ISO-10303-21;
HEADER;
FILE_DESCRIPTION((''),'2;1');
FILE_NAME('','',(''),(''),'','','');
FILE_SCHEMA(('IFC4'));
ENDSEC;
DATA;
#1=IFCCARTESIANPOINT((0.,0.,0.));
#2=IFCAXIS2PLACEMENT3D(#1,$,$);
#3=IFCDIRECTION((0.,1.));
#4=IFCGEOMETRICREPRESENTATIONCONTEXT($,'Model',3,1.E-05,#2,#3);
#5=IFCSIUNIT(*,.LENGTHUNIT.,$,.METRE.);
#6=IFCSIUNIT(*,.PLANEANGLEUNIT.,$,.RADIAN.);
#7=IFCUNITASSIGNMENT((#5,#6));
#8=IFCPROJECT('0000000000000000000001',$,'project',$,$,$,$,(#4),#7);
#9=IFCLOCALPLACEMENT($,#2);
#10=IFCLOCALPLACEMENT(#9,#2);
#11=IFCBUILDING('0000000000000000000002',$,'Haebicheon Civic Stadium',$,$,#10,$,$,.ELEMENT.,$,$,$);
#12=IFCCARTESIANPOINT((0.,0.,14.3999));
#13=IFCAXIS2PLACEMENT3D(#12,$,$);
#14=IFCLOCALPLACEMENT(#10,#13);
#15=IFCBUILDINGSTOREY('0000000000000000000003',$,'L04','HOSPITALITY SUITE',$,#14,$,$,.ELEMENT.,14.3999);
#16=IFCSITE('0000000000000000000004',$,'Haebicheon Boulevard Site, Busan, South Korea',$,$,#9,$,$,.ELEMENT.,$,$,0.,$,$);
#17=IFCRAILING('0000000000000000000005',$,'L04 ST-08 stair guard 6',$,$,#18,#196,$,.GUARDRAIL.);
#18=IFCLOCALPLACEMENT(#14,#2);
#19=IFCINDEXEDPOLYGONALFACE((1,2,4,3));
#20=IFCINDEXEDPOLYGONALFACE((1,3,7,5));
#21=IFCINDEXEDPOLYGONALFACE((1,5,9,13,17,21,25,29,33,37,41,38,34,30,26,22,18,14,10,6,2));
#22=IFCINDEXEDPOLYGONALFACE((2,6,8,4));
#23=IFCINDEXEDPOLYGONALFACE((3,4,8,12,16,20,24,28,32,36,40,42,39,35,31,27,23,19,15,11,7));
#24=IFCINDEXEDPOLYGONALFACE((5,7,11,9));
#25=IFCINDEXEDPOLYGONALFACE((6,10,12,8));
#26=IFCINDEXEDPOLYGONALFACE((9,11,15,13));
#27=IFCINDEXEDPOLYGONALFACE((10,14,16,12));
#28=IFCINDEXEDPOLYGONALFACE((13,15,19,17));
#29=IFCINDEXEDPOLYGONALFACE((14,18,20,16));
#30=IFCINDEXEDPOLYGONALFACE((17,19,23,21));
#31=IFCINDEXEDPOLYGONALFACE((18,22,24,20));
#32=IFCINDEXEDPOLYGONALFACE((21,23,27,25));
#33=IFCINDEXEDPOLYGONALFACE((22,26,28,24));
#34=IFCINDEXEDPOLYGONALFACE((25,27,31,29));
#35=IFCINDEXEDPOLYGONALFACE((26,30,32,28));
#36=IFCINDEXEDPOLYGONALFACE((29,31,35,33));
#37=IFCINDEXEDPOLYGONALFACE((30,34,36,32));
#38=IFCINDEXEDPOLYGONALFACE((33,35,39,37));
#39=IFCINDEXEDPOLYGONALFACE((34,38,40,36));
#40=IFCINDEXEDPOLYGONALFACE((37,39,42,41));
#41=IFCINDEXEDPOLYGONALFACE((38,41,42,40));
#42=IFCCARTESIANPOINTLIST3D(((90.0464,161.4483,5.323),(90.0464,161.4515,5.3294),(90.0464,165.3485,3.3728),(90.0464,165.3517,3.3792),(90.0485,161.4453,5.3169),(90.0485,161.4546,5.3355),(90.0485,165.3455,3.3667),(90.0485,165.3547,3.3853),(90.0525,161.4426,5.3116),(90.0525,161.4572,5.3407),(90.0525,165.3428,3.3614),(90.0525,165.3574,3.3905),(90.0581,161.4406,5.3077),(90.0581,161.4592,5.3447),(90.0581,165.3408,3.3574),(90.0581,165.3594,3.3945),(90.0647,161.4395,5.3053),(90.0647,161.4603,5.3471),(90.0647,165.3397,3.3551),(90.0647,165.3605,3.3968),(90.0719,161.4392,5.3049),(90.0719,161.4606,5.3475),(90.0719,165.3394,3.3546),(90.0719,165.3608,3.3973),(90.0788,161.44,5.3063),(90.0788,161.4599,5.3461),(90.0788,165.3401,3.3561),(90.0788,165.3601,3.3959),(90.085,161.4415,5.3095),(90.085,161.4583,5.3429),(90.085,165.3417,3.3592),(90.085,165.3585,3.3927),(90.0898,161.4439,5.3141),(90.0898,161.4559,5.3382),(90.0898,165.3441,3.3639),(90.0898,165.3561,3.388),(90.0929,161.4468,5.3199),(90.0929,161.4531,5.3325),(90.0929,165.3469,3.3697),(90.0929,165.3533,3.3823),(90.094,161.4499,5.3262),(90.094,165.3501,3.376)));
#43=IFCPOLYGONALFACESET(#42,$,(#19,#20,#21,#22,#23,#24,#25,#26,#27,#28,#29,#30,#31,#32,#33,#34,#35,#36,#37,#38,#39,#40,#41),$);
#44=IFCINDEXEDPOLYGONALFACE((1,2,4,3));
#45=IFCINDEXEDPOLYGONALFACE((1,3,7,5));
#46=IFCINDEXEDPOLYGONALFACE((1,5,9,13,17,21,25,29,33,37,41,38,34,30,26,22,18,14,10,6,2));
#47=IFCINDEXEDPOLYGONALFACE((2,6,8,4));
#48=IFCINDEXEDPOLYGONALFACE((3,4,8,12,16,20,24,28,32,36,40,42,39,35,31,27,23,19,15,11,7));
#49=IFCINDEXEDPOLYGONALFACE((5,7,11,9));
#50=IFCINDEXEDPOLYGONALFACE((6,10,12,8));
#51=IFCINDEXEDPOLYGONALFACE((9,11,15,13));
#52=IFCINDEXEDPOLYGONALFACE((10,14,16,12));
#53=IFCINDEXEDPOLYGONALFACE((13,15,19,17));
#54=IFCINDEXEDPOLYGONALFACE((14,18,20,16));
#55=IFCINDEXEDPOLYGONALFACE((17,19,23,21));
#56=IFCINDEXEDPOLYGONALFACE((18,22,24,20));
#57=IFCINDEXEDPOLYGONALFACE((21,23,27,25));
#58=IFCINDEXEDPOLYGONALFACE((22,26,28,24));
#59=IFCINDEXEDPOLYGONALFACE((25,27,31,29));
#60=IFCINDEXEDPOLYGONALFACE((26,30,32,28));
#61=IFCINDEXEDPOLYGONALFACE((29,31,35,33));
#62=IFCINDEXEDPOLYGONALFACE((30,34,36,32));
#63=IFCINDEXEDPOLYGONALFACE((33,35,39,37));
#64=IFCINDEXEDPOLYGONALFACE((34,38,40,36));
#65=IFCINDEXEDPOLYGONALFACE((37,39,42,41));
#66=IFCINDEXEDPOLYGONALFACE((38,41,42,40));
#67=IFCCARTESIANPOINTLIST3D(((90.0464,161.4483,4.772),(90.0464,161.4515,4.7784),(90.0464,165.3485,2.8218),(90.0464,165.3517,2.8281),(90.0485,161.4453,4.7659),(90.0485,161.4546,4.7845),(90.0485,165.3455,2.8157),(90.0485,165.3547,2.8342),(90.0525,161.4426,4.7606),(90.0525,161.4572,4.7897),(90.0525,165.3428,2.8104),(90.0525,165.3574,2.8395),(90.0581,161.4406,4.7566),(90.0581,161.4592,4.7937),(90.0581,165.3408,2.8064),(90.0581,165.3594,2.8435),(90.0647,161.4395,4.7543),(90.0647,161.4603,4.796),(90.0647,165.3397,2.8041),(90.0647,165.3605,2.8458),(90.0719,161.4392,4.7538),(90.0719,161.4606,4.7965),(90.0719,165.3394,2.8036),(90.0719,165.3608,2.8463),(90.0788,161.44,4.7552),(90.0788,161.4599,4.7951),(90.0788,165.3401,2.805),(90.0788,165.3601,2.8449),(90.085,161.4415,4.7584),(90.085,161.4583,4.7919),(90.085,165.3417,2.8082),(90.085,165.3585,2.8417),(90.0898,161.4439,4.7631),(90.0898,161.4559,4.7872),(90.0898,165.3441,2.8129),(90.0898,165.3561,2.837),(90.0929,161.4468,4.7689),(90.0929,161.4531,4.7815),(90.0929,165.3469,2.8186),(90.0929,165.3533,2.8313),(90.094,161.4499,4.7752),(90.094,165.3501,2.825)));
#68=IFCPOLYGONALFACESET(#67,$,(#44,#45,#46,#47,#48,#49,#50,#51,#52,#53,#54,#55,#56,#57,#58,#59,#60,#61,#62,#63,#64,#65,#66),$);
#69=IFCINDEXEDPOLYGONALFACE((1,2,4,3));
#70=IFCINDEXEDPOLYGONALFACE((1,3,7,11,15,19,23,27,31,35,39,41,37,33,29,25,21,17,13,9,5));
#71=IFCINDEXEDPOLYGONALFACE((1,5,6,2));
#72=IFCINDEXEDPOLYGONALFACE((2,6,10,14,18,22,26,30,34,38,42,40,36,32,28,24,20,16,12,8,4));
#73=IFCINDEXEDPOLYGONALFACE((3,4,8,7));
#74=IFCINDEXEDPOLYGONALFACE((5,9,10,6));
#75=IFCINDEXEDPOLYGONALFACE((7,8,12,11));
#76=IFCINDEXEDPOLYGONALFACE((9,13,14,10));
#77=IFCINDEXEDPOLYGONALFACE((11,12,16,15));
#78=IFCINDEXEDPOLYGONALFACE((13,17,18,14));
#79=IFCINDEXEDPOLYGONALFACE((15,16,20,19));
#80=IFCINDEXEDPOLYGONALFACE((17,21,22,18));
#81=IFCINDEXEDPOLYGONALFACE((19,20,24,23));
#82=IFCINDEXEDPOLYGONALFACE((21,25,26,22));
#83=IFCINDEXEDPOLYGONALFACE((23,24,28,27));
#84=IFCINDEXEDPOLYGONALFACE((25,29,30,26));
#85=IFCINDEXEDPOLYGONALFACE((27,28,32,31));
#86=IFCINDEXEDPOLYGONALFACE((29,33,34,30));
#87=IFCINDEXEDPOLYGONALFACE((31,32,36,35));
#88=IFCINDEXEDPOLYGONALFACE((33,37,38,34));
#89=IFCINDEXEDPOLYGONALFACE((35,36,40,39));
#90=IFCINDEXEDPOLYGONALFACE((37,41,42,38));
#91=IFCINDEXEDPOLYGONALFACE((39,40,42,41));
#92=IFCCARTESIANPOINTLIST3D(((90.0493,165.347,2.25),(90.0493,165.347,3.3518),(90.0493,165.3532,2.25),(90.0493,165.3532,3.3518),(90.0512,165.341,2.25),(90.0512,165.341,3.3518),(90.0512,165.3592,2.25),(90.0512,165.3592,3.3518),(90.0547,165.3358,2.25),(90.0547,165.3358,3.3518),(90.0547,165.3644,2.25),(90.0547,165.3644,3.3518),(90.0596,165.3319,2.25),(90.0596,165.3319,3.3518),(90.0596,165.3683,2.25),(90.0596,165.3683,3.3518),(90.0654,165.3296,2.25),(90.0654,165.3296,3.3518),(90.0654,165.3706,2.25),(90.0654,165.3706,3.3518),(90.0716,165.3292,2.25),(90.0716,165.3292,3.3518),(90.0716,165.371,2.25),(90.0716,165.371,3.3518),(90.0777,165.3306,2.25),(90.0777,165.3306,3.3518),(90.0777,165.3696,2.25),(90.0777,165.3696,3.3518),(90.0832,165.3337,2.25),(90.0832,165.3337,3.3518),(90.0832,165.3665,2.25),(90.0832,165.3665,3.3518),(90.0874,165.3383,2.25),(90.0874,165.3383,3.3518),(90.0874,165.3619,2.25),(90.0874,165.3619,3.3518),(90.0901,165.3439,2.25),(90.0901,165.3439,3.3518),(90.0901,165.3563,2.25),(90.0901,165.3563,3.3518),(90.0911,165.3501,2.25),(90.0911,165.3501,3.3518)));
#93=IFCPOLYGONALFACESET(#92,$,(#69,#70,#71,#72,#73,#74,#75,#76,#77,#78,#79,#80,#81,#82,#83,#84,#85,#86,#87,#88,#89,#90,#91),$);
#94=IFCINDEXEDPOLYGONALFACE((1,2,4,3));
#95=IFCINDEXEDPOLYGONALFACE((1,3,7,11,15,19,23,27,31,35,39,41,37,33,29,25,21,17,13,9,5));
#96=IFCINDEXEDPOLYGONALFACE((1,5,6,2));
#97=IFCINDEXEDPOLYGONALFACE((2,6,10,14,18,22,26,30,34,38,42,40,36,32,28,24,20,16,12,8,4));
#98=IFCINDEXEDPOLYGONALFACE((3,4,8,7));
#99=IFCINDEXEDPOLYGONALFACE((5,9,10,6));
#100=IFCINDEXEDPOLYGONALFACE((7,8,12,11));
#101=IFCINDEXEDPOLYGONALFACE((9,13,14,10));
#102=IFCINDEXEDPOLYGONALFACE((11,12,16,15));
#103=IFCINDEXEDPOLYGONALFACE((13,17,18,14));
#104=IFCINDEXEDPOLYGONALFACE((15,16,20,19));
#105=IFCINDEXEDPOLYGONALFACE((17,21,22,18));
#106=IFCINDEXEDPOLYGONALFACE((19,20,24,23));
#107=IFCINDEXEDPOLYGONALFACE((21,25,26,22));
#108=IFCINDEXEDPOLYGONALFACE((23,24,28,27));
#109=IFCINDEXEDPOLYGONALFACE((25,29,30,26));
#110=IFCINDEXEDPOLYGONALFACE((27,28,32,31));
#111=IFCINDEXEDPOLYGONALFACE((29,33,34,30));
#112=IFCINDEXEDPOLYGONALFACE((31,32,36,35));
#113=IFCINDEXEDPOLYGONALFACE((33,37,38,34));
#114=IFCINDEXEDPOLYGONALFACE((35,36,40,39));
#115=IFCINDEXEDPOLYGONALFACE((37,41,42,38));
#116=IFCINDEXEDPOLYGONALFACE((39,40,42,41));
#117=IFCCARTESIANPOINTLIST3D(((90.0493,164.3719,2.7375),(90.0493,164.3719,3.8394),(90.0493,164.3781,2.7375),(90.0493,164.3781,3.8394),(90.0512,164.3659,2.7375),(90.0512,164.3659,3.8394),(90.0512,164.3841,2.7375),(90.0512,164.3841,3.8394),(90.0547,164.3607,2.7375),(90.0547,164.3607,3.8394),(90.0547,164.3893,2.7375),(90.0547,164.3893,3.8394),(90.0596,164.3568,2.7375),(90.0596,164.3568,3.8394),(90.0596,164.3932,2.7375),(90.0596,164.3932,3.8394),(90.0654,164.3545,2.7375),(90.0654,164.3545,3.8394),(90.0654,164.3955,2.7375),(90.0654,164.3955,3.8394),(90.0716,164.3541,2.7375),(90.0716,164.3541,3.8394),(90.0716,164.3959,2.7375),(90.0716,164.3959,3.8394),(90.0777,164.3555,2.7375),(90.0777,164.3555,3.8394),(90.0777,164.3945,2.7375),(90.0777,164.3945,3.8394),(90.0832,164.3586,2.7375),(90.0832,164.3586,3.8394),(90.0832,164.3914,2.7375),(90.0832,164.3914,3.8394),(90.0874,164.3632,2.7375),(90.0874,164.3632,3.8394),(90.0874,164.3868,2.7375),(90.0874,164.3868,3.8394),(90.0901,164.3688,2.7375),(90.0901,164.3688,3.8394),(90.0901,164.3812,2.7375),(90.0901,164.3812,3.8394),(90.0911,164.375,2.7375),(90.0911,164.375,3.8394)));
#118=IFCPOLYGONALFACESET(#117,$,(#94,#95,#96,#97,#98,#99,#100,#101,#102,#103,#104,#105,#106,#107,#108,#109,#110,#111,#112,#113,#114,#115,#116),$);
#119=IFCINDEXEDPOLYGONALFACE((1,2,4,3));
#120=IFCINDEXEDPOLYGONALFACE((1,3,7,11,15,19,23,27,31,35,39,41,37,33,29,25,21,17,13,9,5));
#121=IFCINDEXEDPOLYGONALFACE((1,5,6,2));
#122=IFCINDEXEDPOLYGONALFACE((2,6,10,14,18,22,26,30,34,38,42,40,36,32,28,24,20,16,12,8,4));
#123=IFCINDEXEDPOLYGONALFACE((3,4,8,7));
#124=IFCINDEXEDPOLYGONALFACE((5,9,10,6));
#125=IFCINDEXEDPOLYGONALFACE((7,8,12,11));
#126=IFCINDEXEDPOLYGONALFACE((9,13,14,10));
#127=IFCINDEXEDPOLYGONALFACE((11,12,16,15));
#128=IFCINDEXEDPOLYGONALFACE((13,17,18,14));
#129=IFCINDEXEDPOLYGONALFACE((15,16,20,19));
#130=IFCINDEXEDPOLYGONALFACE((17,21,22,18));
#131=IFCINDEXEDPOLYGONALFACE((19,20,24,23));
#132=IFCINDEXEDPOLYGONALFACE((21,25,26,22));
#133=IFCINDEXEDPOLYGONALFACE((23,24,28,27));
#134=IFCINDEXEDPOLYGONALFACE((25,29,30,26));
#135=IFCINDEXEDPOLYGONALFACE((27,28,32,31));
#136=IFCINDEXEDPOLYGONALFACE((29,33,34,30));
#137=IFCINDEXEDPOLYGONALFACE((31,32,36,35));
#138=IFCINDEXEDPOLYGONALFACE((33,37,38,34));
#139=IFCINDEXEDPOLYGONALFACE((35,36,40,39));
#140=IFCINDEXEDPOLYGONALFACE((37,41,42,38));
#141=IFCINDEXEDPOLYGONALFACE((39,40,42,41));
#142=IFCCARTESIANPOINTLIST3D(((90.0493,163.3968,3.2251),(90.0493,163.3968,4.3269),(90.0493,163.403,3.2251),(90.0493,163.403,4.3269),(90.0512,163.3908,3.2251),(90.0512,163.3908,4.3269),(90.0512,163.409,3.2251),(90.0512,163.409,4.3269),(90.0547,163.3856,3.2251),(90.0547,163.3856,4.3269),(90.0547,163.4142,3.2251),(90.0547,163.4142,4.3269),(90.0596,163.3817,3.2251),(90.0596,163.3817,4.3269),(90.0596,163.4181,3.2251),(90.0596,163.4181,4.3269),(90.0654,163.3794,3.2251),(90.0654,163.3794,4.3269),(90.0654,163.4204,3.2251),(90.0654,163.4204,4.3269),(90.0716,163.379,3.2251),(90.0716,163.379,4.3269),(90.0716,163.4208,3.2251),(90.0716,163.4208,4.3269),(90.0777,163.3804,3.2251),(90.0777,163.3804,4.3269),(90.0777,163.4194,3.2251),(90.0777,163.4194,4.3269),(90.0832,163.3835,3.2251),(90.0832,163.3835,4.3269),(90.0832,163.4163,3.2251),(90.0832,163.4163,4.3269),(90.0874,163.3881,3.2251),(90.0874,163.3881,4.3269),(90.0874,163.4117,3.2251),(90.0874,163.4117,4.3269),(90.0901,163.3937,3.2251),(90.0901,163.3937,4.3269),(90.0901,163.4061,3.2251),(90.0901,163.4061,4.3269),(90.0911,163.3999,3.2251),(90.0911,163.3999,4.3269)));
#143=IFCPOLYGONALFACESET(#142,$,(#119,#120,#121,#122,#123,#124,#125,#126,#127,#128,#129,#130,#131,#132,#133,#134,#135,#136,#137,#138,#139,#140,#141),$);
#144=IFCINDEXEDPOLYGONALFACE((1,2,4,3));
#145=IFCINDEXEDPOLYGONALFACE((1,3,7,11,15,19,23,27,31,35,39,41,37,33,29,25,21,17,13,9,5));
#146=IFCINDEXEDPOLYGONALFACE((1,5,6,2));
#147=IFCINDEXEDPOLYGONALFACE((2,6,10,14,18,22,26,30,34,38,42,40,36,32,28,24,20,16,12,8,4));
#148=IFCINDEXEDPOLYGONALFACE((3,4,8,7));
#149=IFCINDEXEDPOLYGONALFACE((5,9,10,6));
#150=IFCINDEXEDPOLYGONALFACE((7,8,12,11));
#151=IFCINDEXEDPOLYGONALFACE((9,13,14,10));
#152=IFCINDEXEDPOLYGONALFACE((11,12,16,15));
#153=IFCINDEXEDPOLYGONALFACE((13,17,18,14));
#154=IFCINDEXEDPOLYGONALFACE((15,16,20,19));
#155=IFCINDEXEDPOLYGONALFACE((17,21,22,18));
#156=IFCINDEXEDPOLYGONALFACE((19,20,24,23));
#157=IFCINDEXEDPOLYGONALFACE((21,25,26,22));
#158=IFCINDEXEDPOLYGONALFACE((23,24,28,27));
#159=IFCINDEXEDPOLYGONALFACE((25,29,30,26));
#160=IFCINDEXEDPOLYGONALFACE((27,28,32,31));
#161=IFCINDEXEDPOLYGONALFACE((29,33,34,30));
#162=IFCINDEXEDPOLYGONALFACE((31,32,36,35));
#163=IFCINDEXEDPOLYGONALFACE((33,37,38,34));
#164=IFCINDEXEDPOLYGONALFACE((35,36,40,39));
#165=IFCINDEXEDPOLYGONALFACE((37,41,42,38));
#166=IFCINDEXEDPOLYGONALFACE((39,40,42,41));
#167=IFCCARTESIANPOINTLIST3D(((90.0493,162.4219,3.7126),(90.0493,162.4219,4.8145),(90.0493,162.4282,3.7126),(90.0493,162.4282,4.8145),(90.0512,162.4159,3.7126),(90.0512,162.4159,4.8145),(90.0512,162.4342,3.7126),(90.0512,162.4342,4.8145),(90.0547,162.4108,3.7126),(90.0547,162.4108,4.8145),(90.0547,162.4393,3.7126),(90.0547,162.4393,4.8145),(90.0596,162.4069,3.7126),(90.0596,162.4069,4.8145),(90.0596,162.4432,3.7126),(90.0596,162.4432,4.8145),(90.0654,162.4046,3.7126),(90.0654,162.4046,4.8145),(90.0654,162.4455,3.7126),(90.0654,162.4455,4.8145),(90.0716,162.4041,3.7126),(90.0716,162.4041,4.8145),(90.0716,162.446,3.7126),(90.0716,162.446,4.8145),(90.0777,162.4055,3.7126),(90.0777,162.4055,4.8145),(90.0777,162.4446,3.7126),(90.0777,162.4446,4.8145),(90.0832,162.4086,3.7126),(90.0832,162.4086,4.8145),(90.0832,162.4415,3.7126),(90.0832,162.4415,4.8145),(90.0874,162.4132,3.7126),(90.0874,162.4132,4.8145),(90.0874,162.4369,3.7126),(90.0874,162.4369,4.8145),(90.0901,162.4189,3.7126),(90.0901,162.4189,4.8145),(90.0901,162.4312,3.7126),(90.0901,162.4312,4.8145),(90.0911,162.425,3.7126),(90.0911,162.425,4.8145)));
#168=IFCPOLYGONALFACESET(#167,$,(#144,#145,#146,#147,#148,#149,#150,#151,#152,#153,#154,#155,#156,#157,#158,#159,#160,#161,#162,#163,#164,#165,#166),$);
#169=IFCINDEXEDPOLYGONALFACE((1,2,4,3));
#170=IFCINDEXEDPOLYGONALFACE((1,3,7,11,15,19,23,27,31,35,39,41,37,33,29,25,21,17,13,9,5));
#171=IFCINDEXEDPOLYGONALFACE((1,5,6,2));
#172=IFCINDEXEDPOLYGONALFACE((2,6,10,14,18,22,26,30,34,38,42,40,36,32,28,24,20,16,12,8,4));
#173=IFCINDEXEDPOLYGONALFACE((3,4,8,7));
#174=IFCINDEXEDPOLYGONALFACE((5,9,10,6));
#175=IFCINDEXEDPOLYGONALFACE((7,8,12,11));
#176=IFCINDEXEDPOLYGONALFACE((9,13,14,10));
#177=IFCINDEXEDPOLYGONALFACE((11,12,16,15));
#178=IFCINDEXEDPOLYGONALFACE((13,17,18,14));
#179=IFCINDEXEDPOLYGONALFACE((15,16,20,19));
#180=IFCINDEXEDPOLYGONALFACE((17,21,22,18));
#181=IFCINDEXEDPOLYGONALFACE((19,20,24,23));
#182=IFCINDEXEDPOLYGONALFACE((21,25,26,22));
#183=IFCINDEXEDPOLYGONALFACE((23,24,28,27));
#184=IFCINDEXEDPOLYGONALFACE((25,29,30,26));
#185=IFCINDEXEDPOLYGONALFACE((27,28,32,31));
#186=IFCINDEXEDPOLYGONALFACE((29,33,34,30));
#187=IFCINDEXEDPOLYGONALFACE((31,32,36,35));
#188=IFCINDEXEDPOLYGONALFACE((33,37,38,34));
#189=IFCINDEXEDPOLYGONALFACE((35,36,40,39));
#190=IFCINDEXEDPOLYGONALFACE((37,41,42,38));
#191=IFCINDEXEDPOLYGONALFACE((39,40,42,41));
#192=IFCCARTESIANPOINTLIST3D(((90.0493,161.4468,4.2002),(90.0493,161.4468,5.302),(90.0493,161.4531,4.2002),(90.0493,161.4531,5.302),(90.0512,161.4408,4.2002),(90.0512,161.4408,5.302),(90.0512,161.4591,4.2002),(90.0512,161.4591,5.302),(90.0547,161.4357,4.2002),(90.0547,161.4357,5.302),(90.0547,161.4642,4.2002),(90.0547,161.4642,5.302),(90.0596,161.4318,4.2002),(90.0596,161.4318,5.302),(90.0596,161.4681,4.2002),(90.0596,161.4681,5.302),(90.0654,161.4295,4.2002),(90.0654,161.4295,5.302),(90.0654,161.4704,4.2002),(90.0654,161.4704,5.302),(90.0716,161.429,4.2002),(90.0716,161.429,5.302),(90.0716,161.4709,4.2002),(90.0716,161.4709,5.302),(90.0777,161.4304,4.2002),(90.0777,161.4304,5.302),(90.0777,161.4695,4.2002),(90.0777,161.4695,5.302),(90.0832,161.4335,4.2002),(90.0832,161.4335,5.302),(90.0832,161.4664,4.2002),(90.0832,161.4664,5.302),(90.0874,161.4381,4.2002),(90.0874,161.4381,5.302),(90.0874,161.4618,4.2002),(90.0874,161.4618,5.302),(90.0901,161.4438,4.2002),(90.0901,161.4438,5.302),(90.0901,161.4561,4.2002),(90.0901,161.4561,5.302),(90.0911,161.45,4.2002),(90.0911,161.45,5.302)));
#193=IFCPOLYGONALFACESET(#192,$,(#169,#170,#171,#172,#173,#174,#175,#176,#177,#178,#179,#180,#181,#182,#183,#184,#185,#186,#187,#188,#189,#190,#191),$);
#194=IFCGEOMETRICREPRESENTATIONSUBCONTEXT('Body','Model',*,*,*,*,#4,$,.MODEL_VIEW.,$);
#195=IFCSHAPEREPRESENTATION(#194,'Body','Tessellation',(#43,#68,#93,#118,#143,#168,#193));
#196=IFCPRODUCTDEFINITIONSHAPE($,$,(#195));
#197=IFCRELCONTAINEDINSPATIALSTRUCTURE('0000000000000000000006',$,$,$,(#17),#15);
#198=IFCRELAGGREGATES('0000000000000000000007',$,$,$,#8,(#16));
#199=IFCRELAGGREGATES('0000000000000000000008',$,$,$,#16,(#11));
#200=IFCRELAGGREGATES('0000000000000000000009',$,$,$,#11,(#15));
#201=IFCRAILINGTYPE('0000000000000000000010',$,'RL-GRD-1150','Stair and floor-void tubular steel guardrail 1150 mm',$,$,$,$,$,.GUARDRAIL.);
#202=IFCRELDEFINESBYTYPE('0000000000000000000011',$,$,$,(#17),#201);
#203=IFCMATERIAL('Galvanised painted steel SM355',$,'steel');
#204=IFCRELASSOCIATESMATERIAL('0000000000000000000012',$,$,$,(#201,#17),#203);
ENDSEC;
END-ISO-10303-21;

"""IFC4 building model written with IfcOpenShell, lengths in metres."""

from ifc_helpers import new_model, si_unit, direction, frame, origin, origin_2d, place, context, subcontext, project, spatial, circle, extrude, material, type_object, element, save


model = new_model("IFC4")

# Units and contexts
model_context = context("Model", 3, precision=1e-05, world=origin(), true_north=direction((0.0, 1.0)))
body_context = subcontext(model_context, "Body", "Model", "MODEL_VIEW")
ifc_project = project(units=[si_unit("LENGTHUNIT", "METRE"), si_unit("PLANEANGLEUNIT", "RADIAN")], contexts=[model_context])

# Site, building, storey
site_placement = place(None, origin())
site = spatial("IfcSite", under=ifc_project, at=site_placement, Name="Haebicheon Boulevard Site, Busan, South Korea", CompositionType="ELEMENT", RefElevation=0.0)
building_placement = place(site_placement, origin())
building = spatial("IfcBuilding", under=site, at=building_placement, Name="Haebicheon Civic Stadium", CompositionType="ELEMENT")
storey_placement = place(building_placement, frame((0.0, 0.0, 14.3999)))
storey = spatial("IfcBuildingStorey", under=building, at=storey_placement, Name="L04", Description="HOSPITALITY SUITE", CompositionType="ELEMENT", Elevation=14.3999)

# Railing
ifc_material_1 = material(Name="Galvanised painted steel SM355", Category="steel")
railing_type_1 = type_object("IfcRailingType", Name="RL-GRD-1150", Description="Stair and floor-void tubular steel guardrail 1150 mm", PredefinedType="GUARDRAIL", material=ifc_material_1)
railing_1_placement = place(storey_placement, frame((90.0701, 165.3501, 2.25)))
element("IfcRailing", 1, at=railing_1_placement, inside=storey, type_object=railing_type_1, material=ifc_material_1, Name="L04 ST-08 stair guard 6", PredefinedType="GUARDRAIL", context=body_context, shape_type="SweptSolid", body=[
    extrude(circle(Radius=0.0239, at=origin_2d()), frame((0.0, 0.0, 1.126), z_axis=(0.0, -0.894416, 0.447236), x_axis=(1.0, 0.0, 0.0)), (0.0, 0.0, 1.0), 4.3606),
    extrude(circle(Radius=0.0239, at=origin_2d()), frame((0.0, 0.0, 0.575), z_axis=(0.0, -0.894416, 0.447236), x_axis=(1.0, 0.0, 0.0)), (0.0, 0.0, 1.0), 4.3606),
    extrude(circle(Radius=0.021, at=origin_2d()), origin(), (0.0, 0.0, 1.0), 1.1018),
    extrude(circle(Radius=0.021, at=origin_2d()), frame((0.0, -0.9751, 0.4875)), (0.0, 0.0, 1.0), 1.1018),
    extrude(circle(Radius=0.021, at=origin_2d()), frame((0.0, -1.9502, 0.9751)), (0.0, 0.0, 1.0), 1.1018),
    extrude(circle(Radius=0.021, at=origin_2d()), frame((0.0, -2.925, 1.4626)), (0.0, 0.0, 1.0), 1.1018),
    extrude(circle(Radius=0.021, at=origin_2d()), frame((0.0, -3.9001, 1.9502)), (0.0, 0.0, 1.0), 1.1018),
])

save(model, "model.ifc")
